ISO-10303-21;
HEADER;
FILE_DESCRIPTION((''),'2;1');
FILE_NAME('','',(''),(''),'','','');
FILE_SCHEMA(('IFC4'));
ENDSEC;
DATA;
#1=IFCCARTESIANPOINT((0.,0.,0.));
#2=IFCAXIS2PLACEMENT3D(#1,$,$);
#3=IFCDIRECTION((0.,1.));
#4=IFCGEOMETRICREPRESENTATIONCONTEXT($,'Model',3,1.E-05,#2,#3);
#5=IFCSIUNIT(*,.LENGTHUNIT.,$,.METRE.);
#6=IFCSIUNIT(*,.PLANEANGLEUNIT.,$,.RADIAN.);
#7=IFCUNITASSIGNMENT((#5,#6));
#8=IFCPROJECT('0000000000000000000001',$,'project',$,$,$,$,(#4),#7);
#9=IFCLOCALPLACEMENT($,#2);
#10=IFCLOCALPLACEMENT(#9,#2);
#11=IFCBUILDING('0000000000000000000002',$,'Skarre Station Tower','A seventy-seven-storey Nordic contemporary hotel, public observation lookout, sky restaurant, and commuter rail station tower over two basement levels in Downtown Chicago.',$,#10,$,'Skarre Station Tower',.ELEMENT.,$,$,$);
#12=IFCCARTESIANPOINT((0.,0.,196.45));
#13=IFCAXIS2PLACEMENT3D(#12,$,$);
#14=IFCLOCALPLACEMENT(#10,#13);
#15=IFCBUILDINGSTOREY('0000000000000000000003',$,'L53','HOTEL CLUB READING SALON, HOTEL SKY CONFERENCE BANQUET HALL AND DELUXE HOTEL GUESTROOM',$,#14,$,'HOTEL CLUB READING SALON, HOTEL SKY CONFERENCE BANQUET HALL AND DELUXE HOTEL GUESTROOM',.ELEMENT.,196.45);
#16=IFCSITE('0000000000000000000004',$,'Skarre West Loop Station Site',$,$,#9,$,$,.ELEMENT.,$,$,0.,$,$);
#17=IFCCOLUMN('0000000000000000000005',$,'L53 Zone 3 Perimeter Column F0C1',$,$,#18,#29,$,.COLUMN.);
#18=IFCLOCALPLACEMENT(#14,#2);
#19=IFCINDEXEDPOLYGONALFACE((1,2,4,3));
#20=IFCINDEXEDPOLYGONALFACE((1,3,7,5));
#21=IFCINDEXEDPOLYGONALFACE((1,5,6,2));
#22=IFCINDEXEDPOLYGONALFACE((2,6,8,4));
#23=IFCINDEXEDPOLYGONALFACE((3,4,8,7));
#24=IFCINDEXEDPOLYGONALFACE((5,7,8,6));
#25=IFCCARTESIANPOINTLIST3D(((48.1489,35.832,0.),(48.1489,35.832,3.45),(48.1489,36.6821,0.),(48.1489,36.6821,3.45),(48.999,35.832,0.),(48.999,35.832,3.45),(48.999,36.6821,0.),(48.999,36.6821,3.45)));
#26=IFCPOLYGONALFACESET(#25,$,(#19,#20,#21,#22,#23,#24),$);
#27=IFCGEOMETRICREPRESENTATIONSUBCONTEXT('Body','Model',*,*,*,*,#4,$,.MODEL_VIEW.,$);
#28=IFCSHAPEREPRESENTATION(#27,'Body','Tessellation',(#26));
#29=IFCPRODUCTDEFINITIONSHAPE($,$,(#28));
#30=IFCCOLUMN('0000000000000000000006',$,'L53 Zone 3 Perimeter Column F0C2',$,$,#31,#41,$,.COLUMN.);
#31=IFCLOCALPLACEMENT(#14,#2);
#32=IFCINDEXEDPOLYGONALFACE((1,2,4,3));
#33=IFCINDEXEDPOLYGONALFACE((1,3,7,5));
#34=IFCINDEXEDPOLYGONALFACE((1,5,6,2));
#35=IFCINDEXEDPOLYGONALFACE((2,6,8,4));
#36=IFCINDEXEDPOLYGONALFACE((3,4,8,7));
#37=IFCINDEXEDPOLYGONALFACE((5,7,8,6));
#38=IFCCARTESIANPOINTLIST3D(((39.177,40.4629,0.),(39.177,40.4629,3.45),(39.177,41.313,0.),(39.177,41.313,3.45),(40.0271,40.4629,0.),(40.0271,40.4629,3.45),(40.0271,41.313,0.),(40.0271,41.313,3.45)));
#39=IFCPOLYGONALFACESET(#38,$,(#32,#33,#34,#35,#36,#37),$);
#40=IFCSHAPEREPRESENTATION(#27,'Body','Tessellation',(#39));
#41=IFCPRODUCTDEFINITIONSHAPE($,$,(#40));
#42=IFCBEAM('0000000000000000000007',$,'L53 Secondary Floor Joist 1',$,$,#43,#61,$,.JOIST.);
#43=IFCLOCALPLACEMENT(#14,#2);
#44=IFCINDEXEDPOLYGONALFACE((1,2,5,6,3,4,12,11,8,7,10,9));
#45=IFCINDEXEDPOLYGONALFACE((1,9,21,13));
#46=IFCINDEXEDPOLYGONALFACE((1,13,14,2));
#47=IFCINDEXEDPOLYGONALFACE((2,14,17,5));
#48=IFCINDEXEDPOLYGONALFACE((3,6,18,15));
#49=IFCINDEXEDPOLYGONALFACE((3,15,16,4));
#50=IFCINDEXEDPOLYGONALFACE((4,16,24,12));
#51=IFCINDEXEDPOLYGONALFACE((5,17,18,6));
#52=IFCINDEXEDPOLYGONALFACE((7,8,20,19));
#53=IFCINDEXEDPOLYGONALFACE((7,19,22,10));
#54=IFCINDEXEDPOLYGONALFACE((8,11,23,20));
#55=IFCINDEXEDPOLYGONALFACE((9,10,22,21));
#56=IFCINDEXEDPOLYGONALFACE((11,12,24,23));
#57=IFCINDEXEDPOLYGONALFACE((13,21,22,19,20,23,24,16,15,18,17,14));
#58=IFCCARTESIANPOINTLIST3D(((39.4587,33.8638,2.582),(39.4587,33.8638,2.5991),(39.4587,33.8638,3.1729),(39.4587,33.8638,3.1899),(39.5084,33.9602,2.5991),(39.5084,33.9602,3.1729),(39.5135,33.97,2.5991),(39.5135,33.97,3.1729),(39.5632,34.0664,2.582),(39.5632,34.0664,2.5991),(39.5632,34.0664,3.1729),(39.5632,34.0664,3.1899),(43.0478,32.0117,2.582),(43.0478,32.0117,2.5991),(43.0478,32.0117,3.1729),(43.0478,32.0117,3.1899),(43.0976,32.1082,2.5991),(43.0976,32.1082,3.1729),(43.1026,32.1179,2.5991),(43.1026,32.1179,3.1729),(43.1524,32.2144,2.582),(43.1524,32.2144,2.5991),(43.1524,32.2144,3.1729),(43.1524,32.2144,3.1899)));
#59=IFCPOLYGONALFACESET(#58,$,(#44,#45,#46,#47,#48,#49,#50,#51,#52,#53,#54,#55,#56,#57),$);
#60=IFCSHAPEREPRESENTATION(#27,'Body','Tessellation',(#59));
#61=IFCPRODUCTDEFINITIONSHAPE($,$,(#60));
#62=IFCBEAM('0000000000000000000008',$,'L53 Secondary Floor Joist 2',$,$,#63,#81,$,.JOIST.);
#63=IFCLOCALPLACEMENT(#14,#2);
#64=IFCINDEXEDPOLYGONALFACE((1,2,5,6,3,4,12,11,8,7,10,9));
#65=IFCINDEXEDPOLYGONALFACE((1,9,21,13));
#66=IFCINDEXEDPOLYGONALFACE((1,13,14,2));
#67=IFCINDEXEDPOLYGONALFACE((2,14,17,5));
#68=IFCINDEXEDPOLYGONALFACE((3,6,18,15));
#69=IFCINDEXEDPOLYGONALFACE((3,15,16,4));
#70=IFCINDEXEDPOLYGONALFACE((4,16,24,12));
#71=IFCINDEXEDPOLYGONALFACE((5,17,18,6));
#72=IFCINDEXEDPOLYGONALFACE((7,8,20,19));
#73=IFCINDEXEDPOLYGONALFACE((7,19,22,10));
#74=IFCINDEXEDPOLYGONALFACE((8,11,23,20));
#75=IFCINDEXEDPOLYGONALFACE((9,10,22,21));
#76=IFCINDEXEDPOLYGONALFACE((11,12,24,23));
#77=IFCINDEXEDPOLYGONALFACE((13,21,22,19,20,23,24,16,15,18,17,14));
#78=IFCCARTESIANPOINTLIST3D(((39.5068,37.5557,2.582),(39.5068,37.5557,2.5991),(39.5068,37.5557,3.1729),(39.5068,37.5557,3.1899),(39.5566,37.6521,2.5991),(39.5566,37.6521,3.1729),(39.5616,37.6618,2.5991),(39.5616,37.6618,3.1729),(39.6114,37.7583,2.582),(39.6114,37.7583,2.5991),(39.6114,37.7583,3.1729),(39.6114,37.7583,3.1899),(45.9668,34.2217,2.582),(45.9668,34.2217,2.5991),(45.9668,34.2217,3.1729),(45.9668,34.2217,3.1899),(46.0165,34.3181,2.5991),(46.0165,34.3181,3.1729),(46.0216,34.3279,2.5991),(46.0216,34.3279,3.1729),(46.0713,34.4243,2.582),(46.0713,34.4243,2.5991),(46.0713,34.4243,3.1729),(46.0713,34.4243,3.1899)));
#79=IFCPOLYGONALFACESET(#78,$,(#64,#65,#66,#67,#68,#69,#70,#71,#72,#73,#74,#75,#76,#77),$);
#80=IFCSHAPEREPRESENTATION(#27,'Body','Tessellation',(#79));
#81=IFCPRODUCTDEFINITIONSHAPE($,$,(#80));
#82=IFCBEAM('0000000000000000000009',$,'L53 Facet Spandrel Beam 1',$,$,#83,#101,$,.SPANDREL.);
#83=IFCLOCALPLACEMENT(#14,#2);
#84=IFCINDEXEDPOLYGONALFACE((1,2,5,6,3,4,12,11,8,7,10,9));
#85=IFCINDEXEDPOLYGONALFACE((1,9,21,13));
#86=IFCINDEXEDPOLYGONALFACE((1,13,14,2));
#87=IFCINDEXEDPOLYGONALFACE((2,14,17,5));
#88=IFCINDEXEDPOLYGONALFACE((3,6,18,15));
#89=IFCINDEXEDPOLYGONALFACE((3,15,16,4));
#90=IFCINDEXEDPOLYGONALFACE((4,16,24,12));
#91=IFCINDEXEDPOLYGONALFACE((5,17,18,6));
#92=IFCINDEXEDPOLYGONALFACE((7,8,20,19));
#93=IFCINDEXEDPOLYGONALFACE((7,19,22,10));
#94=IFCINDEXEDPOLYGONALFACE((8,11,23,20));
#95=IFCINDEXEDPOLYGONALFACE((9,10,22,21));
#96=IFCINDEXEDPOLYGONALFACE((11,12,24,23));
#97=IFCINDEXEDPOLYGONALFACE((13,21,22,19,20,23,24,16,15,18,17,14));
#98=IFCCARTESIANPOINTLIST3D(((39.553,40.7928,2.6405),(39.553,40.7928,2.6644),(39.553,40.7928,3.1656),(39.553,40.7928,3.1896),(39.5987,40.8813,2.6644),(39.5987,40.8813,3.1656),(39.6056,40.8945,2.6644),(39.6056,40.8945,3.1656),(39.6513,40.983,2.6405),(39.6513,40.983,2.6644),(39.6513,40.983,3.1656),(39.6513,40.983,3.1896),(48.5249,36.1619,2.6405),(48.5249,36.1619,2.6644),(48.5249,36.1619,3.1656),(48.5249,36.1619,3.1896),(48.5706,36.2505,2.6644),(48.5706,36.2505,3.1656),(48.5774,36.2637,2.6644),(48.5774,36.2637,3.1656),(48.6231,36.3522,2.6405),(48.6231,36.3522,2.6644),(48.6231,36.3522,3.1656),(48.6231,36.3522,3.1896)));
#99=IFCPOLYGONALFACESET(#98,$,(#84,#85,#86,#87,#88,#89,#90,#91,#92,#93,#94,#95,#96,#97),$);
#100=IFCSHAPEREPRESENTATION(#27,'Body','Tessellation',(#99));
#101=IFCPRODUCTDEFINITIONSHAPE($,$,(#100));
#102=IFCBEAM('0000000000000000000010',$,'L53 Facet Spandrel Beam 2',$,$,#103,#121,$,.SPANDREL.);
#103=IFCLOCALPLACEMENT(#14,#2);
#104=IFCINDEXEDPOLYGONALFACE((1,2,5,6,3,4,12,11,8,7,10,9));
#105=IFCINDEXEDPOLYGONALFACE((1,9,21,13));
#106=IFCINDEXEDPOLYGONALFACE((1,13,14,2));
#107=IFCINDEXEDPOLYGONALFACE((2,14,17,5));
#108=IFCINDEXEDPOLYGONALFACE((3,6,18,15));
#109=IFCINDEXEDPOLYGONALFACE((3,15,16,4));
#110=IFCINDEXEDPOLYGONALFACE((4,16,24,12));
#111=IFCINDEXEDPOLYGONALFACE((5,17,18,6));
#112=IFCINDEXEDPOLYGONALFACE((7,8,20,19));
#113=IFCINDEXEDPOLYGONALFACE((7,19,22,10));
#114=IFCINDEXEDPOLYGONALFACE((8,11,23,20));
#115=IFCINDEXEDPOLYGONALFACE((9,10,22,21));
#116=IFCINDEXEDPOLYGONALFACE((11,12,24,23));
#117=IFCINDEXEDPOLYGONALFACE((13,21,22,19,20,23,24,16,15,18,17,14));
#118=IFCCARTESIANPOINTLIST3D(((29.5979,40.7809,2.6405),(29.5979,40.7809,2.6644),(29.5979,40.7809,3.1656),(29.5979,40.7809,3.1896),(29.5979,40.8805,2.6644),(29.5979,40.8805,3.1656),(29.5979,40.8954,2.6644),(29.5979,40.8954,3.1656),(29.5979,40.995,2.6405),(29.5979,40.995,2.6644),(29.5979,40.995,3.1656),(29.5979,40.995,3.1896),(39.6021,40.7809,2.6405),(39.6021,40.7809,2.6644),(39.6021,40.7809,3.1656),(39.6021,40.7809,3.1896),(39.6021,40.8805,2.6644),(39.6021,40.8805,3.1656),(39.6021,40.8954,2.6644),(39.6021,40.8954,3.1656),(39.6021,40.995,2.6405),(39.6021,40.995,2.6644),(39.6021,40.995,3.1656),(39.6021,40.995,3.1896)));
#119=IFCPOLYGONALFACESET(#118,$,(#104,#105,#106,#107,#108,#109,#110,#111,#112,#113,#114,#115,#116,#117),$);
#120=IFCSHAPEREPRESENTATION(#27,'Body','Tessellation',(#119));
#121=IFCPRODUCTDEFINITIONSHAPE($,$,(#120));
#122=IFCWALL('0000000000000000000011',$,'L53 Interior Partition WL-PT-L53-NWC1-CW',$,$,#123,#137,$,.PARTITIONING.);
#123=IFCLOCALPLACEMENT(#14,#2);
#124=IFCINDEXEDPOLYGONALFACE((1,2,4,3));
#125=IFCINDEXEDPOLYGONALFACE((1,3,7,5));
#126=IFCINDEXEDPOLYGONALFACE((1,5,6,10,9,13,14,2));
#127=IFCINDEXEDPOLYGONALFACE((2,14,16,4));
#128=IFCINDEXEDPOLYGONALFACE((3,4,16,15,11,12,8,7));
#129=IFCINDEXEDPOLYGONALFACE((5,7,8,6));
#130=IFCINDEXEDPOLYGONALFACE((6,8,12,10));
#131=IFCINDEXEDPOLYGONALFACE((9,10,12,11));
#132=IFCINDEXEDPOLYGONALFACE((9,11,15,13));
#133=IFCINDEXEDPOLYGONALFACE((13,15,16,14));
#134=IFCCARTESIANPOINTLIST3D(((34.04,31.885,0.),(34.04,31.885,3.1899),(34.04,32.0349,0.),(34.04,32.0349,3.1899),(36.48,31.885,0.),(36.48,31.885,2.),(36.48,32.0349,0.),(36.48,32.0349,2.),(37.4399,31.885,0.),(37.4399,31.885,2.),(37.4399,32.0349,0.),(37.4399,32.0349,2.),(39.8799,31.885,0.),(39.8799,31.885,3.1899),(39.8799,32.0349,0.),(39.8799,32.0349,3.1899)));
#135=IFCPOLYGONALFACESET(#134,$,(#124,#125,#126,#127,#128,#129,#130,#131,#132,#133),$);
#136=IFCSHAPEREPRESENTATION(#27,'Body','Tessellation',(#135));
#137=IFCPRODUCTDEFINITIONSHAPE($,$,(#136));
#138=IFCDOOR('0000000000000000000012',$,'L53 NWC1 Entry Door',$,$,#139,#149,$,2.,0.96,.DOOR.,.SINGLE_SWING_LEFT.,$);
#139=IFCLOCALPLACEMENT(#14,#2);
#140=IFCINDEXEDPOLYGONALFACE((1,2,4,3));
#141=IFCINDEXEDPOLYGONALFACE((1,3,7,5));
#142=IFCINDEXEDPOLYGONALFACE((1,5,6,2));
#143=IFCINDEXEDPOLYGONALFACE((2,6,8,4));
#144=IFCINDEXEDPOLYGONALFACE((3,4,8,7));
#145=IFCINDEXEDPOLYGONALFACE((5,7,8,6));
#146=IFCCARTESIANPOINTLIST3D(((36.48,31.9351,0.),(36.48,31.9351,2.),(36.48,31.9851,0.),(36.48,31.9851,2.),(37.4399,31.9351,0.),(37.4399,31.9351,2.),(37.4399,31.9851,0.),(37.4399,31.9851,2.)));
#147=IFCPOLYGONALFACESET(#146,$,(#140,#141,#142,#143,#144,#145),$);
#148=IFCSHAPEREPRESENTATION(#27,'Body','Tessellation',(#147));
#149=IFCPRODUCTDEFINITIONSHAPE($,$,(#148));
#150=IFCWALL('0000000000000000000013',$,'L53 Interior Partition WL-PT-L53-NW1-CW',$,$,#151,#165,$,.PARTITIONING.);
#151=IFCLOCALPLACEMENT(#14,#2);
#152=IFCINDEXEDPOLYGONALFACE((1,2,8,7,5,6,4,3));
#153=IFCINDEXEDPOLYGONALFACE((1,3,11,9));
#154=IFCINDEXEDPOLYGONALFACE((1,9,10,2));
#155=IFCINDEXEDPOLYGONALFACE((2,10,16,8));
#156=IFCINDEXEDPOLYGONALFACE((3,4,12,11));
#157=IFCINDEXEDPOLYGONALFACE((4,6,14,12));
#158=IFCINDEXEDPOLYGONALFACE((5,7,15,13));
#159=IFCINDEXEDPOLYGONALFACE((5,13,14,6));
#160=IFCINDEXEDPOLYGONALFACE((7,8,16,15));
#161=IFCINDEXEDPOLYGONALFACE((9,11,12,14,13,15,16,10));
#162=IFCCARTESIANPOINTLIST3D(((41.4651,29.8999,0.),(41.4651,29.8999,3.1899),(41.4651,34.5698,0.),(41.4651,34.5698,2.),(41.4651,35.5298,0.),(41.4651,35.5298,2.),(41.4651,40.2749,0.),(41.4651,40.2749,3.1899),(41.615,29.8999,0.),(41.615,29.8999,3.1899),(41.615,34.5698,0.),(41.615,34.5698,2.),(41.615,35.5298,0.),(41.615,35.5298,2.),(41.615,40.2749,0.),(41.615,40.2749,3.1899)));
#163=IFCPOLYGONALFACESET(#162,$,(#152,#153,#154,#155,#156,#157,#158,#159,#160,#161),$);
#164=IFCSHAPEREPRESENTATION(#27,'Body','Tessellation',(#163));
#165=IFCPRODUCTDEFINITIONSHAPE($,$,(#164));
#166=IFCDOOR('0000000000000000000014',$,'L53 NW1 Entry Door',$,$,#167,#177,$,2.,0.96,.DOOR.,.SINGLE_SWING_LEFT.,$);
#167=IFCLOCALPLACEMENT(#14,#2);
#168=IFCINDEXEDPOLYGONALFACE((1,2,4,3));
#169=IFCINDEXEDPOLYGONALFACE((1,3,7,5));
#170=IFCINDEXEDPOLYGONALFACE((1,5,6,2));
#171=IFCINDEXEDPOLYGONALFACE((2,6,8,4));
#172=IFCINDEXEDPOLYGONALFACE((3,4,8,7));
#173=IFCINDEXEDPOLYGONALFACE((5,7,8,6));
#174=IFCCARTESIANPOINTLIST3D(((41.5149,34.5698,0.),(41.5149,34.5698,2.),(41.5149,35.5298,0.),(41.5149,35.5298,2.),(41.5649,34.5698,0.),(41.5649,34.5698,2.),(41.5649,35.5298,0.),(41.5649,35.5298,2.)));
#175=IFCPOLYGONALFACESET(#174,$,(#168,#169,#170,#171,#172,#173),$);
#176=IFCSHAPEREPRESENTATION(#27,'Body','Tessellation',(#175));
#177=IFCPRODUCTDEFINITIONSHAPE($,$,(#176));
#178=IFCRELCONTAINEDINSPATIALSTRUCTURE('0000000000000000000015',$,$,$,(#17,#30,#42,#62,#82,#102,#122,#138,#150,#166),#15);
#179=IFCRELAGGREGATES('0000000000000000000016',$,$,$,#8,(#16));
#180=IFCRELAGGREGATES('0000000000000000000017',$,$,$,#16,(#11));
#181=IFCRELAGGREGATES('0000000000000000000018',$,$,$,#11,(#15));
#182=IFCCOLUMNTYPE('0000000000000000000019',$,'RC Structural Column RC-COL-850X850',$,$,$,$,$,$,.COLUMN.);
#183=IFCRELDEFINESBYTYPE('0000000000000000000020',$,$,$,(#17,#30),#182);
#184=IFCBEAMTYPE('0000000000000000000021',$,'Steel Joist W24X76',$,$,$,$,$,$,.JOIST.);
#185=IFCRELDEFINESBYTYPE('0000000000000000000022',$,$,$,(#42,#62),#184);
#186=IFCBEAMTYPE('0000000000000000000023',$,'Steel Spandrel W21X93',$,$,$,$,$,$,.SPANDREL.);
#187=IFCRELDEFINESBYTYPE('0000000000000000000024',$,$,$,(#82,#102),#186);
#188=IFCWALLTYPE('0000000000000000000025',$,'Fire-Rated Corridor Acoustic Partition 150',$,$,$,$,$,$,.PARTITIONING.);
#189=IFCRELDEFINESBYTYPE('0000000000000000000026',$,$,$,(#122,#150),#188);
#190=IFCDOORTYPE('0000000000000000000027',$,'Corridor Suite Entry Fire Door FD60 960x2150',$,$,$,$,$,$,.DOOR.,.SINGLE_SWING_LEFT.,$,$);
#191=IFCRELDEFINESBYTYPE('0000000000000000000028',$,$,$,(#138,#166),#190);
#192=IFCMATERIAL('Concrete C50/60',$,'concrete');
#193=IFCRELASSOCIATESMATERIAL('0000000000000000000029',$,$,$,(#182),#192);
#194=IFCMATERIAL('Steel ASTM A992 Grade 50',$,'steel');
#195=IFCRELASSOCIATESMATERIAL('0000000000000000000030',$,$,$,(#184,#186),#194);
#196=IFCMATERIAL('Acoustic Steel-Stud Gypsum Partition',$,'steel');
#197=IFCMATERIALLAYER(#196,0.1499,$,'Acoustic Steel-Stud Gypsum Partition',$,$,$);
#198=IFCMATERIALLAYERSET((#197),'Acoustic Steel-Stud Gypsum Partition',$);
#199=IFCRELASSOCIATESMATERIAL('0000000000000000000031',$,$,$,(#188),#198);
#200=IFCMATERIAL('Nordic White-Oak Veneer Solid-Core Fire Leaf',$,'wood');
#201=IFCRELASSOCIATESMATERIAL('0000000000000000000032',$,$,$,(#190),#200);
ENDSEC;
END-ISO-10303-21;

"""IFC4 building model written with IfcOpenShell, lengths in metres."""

from ifc_helpers import new_model, si_unit, direction, frame, frame_2d, origin, origin_2d, place, context, subcontext, project, spatial, rectangle, i_section, extrude, material, layer, layer_set, material_profile, profile_set, type_object, element, fill, save


model = new_model("IFC4")

# Units and contexts
model_context = context("Model", 3, precision=1e-05, world=origin(), true_north=direction((0.0, 1.0)))
body_context = subcontext(model_context, "Body", "Model", "MODEL_VIEW")
ifc_project = project(units=[si_unit("LENGTHUNIT", "METRE"), si_unit("PLANEANGLEUNIT", "RADIAN")], contexts=[model_context])

# Site, building, storey
site_placement = place(None, origin())
site = spatial("IfcSite", under=ifc_project, at=site_placement, Name="Skarre West Loop Station Site", CompositionType="ELEMENT", RefElevation=0.0)
building_placement = place(site_placement, origin())
building = spatial("IfcBuilding", under=site, at=building_placement, Name="Skarre Station Tower", Description="A seventy-seven-storey Nordic contemporary hotel, public observation lookout, sky restaurant, and commuter rail station tower over two basement levels in Downtown Chicago.", LongName="Skarre Station Tower", CompositionType="ELEMENT")
storey_placement = place(building_placement, frame((0.0, 0.0, 196.45)))
storey = spatial("IfcBuildingStorey", under=building, at=storey_placement, Name="L53", Description="HOTEL CLUB READING SALON, HOTEL SKY CONFERENCE BANQUET HALL AND DELUXE HOTEL GUESTROOM", LongName="HOTEL CLUB READING SALON, HOTEL SKY CONFERENCE BANQUET HALL AND DELUXE HOTEL GUESTROOM", CompositionType="ELEMENT", Elevation=196.45)

# Columns
ifc_material_1 = material(Name="Concrete C50/60", Category="concrete")
ifc_material_profile_1 = material_profile(ifc_material_1, rectangle(XDim=0.8501, YDim=0.8501, at=origin_2d()), Name="Concrete C50/60")
ifc_profile_set_1 = profile_set([ifc_material_profile_1], Name="Concrete C50/60")
column_type = type_object("IfcColumnType", Name="RC Structural Column RC-COL-850X850", PredefinedType="COLUMN", material=ifc_profile_set_1)
for number, where, z_axis, x_axis, name in (
    (1, (48.574, 36.2571, 0.0), (0.0, 0.0, 1.0), (1.0, 0.0, 0.0), "L53 Zone 3 Perimeter Column F0C1"),
    (2, (39.6021, 40.8879, 0.0), (0.0, 0.0, 1.0), (1.0, 0.0, 0.0), "L53 Zone 3 Perimeter Column F0C2"),
):
    element("IfcColumn", number, at=place(storey_placement, frame(where, z_axis=z_axis, x_axis=x_axis)), inside=storey, type_object=column_type, Name=name, PredefinedType="COLUMN", context=body_context, shape_type="SweptSolid", body=[
        extrude(rectangle(XDim=0.8501, YDim=0.8501, at=origin_2d()), origin(), (0.0, 0.0, 1.0), 3.45),
    ])

# Beams
ifc_material_2 = material(Name="Steel ASTM A992 Grade 50", Category="steel")
ifc_material_profile_2 = material_profile(ifc_material_2, i_section(OverallWidth=0.228, OverallDepth=0.6079, WebThickness=0.011, FlangeThickness=0.0171, at=origin_2d()), Name="Steel ASTM A992 Grade 50")
ifc_profile_set_2 = profile_set([ifc_material_profile_2], Name="Steel ASTM A992 Grade 50")
beam_type_1 = type_object("IfcBeamType", Name="Steel Joist W24X76", PredefinedType="JOIST", material=ifc_profile_set_2)
beam_1_placement = place(storey_placement, frame((43.1001, 32.113, 2.886), z_axis=(-0.88866, 0.458566, 0.0), x_axis=(-0.458566, -0.88866, 0.0)))
element("IfcBeam", 3, at=beam_1_placement, inside=storey, type_object=beam_type_1, Name="L53 Secondary Floor Joist 1", PredefinedType="JOIST", context=body_context, shape_type="SweptSolid", body=[
    extrude(i_section(OverallWidth=0.228, OverallDepth=0.6079, WebThickness=0.011, FlangeThickness=0.0171, at=origin_2d()), origin(), (0.0, 0.0, 1.0), 4.0388),
])
beam_2_placement = place(storey_placement, frame((46.019, 34.323, 2.886), z_axis=(-0.888631, 0.458622, 0.0), x_axis=(-0.458622, -0.888631, 0.0)))
element("IfcBeam", 4, at=beam_2_placement, inside=storey, type_object=beam_type_1, Name="L53 Secondary Floor Joist 2", PredefinedType="JOIST", context=body_context, shape_type="SweptSolid", body=[
    extrude(i_section(OverallWidth=0.228, OverallDepth=0.6079, WebThickness=0.011, FlangeThickness=0.0171, at=origin_2d()), origin(), (0.0, 0.0, 1.0), 7.2695),
])
ifc_material_profile_3 = material_profile(ifc_material_2, i_section(OverallWidth=0.2141, OverallDepth=0.5491, WebThickness=0.0149, FlangeThickness=0.0239, at=origin_2d()), Name="Steel ASTM A992 Grade 50")
ifc_profile_set_3 = profile_set([ifc_material_profile_3], Name="Steel ASTM A992 Grade 50")
beam_type_2 = type_object("IfcBeamType", Name="Steel Spandrel W21X93", PredefinedType="SPANDREL", material=ifc_profile_set_3)
beam_3_placement = place(storey_placement, frame((48.574, 36.2571, 2.915), z_axis=(-0.888613, 0.458658, 0.0), x_axis=(-0.458658, -0.888613, 0.0)))
element("IfcBeam", 5, at=beam_3_placement, inside=storey, type_object=beam_type_2, Name="L53 Facet Spandrel Beam 1", PredefinedType="SPANDREL", context=body_context, shape_type="SweptSolid", body=[
    extrude(i_section(OverallWidth=0.2141, OverallDepth=0.5491, WebThickness=0.0149, FlangeThickness=0.0239, at=origin_2d()), origin(), (0.0, 0.0, 1.0), 10.0964),
])
beam_4_placement = place(storey_placement, frame((39.6021, 40.8879, 2.915), z_axis=(-1.0, 0.0, 0.0), x_axis=(0.0, -1.0, 0.0)))
element("IfcBeam", 6, at=beam_4_placement, inside=storey, type_object=beam_type_2, Name="L53 Facet Spandrel Beam 2", PredefinedType="SPANDREL", context=body_context, shape_type="SweptSolid", body=[
    extrude(i_section(OverallWidth=0.2141, OverallDepth=0.5491, WebThickness=0.0149, FlangeThickness=0.0239, at=origin_2d()), origin(), (0.0, 0.0, 1.0), 10.0042),
])

# Walls, openings, doors
ifc_material_3 = material(Name="Acoustic Steel-Stud Gypsum Partition", Category="steel")
ifc_layer_1 = layer(ifc_material_3, 0.1499, Name="Acoustic Steel-Stud Gypsum Partition")
ifc_layer_set_1 = layer_set([ifc_layer_1], Name="Acoustic Steel-Stud Gypsum Partition")
wall_type_1 = type_object("IfcWallType", Name="Fire-Rated Corridor Acoustic Partition 150", PredefinedType="PARTITIONING", material=ifc_layer_set_1)
wall_1_placement = place(storey_placement, frame((39.8799, 31.96, 0.0), z_axis=(0.0, 0.0, 1.0), x_axis=(-1.0, 0.0, 0.0)))
wall_1 = element("IfcWall", 7, at=wall_1_placement, inside=storey, type_object=wall_type_1, Name="L53 Interior Partition WL-PT-L53-NWC1-CW", PredefinedType="PARTITIONING", context=body_context, shape_type="SweptSolid", body=[
    extrude(rectangle(XDim=5.8398, YDim=0.1499, at=frame_2d((2.9199, 0.0))), origin(), (0.0, 0.0, 1.0), 3.1899),
])
opening_1_placement = place(wall_1_placement, frame((2.4399, 0.0, 0.0)))
opening_1 = element("IfcOpeningElement", 8, at=opening_1_placement, cuts=wall_1, PredefinedType="OPENING", context=body_context, shape_type="SweptSolid", body=[
    extrude(rectangle(XDim=0.96, YDim=2.0, at=frame_2d((0.48, 1.0))), frame((0.0, 0.085, 0.0), z_axis=(0.0, -1.0, 0.0), x_axis=(1.0, 0.0, 0.0)), (0.0, 0.0, 1.0), 0.1699),
])
ifc_material_4 = material(Name="Nordic White-Oak Veneer Solid-Core Fire Leaf", Category="wood")
door_type = type_object("IfcDoorType", Name="Corridor Suite Entry Fire Door FD60 960x2150", OperationType="SINGLE_SWING_LEFT", PredefinedType="DOOR", material=ifc_material_4)
door_1_placement = place(opening_1_placement, origin())
door_1 = element("IfcDoor", 9, at=door_1_placement, inside=storey, type_object=door_type, Name="L53 NWC1 Entry Door", OperationType="SINGLE_SWING_LEFT", OverallHeight=2.0, OverallWidth=0.96, PredefinedType="DOOR", context=body_context, shape_type="SweptSolid", body=[
    extrude(rectangle(XDim=0.96, YDim=2.0, at=frame_2d((0.48, 1.0))), frame((0.0, 0.0249, 0.0), z_axis=(0.0, -1.0, 0.0), x_axis=(1.0, 0.0, 0.0)), (0.0, 0.0, 1.0), 0.05),
])
fill(opening_1, door_1)
wall_2_placement = place(storey_placement, frame((41.54, 40.2749, 0.0), z_axis=(0.0, 0.0, 1.0), x_axis=(0.0, -1.0, 0.0)))
wall_2 = element("IfcWall", 10, at=wall_2_placement, inside=storey, type_object=wall_type_1, Name="L53 Interior Partition WL-PT-L53-NW1-CW", PredefinedType="PARTITIONING", context=body_context, shape_type="SweptSolid", body=[
    extrude(rectangle(XDim=10.375, YDim=0.1499, at=frame_2d((5.1875, 0.0))), origin(), (0.0, 0.0, 1.0), 3.1899),
])
opening_2_placement = place(wall_2_placement, frame((4.7451, 0.0, 0.0)))
opening_2 = element("IfcOpeningElement", 11, at=opening_2_placement, cuts=wall_2, PredefinedType="OPENING", context=body_context, shape_type="SweptSolid", body=[
    extrude(rectangle(XDim=0.96, YDim=2.0, at=frame_2d((0.48, 1.0))), frame((0.0, 0.085, 0.0), z_axis=(0.0, -1.0, 0.0), x_axis=(1.0, 0.0, 0.0)), (0.0, 0.0, 1.0), 0.1699),
])
door_2_placement = place(opening_2_placement, origin())
door_2 = element("IfcDoor", 12, at=door_2_placement, inside=storey, type_object=door_type, Name="L53 NW1 Entry Door", OperationType="SINGLE_SWING_LEFT", OverallHeight=2.0, OverallWidth=0.96, PredefinedType="DOOR", context=body_context, shape_type="SweptSolid", body=[
    extrude(rectangle(XDim=0.96, YDim=2.0, at=frame_2d((0.48, 1.0))), frame((0.0, 0.0249, 0.0), z_axis=(0.0, -1.0, 0.0), x_axis=(1.0, 0.0, 0.0)), (0.0, 0.0, 1.0), 0.05),
])
fill(opening_2, door_2)

save(model, "model.ifc")
